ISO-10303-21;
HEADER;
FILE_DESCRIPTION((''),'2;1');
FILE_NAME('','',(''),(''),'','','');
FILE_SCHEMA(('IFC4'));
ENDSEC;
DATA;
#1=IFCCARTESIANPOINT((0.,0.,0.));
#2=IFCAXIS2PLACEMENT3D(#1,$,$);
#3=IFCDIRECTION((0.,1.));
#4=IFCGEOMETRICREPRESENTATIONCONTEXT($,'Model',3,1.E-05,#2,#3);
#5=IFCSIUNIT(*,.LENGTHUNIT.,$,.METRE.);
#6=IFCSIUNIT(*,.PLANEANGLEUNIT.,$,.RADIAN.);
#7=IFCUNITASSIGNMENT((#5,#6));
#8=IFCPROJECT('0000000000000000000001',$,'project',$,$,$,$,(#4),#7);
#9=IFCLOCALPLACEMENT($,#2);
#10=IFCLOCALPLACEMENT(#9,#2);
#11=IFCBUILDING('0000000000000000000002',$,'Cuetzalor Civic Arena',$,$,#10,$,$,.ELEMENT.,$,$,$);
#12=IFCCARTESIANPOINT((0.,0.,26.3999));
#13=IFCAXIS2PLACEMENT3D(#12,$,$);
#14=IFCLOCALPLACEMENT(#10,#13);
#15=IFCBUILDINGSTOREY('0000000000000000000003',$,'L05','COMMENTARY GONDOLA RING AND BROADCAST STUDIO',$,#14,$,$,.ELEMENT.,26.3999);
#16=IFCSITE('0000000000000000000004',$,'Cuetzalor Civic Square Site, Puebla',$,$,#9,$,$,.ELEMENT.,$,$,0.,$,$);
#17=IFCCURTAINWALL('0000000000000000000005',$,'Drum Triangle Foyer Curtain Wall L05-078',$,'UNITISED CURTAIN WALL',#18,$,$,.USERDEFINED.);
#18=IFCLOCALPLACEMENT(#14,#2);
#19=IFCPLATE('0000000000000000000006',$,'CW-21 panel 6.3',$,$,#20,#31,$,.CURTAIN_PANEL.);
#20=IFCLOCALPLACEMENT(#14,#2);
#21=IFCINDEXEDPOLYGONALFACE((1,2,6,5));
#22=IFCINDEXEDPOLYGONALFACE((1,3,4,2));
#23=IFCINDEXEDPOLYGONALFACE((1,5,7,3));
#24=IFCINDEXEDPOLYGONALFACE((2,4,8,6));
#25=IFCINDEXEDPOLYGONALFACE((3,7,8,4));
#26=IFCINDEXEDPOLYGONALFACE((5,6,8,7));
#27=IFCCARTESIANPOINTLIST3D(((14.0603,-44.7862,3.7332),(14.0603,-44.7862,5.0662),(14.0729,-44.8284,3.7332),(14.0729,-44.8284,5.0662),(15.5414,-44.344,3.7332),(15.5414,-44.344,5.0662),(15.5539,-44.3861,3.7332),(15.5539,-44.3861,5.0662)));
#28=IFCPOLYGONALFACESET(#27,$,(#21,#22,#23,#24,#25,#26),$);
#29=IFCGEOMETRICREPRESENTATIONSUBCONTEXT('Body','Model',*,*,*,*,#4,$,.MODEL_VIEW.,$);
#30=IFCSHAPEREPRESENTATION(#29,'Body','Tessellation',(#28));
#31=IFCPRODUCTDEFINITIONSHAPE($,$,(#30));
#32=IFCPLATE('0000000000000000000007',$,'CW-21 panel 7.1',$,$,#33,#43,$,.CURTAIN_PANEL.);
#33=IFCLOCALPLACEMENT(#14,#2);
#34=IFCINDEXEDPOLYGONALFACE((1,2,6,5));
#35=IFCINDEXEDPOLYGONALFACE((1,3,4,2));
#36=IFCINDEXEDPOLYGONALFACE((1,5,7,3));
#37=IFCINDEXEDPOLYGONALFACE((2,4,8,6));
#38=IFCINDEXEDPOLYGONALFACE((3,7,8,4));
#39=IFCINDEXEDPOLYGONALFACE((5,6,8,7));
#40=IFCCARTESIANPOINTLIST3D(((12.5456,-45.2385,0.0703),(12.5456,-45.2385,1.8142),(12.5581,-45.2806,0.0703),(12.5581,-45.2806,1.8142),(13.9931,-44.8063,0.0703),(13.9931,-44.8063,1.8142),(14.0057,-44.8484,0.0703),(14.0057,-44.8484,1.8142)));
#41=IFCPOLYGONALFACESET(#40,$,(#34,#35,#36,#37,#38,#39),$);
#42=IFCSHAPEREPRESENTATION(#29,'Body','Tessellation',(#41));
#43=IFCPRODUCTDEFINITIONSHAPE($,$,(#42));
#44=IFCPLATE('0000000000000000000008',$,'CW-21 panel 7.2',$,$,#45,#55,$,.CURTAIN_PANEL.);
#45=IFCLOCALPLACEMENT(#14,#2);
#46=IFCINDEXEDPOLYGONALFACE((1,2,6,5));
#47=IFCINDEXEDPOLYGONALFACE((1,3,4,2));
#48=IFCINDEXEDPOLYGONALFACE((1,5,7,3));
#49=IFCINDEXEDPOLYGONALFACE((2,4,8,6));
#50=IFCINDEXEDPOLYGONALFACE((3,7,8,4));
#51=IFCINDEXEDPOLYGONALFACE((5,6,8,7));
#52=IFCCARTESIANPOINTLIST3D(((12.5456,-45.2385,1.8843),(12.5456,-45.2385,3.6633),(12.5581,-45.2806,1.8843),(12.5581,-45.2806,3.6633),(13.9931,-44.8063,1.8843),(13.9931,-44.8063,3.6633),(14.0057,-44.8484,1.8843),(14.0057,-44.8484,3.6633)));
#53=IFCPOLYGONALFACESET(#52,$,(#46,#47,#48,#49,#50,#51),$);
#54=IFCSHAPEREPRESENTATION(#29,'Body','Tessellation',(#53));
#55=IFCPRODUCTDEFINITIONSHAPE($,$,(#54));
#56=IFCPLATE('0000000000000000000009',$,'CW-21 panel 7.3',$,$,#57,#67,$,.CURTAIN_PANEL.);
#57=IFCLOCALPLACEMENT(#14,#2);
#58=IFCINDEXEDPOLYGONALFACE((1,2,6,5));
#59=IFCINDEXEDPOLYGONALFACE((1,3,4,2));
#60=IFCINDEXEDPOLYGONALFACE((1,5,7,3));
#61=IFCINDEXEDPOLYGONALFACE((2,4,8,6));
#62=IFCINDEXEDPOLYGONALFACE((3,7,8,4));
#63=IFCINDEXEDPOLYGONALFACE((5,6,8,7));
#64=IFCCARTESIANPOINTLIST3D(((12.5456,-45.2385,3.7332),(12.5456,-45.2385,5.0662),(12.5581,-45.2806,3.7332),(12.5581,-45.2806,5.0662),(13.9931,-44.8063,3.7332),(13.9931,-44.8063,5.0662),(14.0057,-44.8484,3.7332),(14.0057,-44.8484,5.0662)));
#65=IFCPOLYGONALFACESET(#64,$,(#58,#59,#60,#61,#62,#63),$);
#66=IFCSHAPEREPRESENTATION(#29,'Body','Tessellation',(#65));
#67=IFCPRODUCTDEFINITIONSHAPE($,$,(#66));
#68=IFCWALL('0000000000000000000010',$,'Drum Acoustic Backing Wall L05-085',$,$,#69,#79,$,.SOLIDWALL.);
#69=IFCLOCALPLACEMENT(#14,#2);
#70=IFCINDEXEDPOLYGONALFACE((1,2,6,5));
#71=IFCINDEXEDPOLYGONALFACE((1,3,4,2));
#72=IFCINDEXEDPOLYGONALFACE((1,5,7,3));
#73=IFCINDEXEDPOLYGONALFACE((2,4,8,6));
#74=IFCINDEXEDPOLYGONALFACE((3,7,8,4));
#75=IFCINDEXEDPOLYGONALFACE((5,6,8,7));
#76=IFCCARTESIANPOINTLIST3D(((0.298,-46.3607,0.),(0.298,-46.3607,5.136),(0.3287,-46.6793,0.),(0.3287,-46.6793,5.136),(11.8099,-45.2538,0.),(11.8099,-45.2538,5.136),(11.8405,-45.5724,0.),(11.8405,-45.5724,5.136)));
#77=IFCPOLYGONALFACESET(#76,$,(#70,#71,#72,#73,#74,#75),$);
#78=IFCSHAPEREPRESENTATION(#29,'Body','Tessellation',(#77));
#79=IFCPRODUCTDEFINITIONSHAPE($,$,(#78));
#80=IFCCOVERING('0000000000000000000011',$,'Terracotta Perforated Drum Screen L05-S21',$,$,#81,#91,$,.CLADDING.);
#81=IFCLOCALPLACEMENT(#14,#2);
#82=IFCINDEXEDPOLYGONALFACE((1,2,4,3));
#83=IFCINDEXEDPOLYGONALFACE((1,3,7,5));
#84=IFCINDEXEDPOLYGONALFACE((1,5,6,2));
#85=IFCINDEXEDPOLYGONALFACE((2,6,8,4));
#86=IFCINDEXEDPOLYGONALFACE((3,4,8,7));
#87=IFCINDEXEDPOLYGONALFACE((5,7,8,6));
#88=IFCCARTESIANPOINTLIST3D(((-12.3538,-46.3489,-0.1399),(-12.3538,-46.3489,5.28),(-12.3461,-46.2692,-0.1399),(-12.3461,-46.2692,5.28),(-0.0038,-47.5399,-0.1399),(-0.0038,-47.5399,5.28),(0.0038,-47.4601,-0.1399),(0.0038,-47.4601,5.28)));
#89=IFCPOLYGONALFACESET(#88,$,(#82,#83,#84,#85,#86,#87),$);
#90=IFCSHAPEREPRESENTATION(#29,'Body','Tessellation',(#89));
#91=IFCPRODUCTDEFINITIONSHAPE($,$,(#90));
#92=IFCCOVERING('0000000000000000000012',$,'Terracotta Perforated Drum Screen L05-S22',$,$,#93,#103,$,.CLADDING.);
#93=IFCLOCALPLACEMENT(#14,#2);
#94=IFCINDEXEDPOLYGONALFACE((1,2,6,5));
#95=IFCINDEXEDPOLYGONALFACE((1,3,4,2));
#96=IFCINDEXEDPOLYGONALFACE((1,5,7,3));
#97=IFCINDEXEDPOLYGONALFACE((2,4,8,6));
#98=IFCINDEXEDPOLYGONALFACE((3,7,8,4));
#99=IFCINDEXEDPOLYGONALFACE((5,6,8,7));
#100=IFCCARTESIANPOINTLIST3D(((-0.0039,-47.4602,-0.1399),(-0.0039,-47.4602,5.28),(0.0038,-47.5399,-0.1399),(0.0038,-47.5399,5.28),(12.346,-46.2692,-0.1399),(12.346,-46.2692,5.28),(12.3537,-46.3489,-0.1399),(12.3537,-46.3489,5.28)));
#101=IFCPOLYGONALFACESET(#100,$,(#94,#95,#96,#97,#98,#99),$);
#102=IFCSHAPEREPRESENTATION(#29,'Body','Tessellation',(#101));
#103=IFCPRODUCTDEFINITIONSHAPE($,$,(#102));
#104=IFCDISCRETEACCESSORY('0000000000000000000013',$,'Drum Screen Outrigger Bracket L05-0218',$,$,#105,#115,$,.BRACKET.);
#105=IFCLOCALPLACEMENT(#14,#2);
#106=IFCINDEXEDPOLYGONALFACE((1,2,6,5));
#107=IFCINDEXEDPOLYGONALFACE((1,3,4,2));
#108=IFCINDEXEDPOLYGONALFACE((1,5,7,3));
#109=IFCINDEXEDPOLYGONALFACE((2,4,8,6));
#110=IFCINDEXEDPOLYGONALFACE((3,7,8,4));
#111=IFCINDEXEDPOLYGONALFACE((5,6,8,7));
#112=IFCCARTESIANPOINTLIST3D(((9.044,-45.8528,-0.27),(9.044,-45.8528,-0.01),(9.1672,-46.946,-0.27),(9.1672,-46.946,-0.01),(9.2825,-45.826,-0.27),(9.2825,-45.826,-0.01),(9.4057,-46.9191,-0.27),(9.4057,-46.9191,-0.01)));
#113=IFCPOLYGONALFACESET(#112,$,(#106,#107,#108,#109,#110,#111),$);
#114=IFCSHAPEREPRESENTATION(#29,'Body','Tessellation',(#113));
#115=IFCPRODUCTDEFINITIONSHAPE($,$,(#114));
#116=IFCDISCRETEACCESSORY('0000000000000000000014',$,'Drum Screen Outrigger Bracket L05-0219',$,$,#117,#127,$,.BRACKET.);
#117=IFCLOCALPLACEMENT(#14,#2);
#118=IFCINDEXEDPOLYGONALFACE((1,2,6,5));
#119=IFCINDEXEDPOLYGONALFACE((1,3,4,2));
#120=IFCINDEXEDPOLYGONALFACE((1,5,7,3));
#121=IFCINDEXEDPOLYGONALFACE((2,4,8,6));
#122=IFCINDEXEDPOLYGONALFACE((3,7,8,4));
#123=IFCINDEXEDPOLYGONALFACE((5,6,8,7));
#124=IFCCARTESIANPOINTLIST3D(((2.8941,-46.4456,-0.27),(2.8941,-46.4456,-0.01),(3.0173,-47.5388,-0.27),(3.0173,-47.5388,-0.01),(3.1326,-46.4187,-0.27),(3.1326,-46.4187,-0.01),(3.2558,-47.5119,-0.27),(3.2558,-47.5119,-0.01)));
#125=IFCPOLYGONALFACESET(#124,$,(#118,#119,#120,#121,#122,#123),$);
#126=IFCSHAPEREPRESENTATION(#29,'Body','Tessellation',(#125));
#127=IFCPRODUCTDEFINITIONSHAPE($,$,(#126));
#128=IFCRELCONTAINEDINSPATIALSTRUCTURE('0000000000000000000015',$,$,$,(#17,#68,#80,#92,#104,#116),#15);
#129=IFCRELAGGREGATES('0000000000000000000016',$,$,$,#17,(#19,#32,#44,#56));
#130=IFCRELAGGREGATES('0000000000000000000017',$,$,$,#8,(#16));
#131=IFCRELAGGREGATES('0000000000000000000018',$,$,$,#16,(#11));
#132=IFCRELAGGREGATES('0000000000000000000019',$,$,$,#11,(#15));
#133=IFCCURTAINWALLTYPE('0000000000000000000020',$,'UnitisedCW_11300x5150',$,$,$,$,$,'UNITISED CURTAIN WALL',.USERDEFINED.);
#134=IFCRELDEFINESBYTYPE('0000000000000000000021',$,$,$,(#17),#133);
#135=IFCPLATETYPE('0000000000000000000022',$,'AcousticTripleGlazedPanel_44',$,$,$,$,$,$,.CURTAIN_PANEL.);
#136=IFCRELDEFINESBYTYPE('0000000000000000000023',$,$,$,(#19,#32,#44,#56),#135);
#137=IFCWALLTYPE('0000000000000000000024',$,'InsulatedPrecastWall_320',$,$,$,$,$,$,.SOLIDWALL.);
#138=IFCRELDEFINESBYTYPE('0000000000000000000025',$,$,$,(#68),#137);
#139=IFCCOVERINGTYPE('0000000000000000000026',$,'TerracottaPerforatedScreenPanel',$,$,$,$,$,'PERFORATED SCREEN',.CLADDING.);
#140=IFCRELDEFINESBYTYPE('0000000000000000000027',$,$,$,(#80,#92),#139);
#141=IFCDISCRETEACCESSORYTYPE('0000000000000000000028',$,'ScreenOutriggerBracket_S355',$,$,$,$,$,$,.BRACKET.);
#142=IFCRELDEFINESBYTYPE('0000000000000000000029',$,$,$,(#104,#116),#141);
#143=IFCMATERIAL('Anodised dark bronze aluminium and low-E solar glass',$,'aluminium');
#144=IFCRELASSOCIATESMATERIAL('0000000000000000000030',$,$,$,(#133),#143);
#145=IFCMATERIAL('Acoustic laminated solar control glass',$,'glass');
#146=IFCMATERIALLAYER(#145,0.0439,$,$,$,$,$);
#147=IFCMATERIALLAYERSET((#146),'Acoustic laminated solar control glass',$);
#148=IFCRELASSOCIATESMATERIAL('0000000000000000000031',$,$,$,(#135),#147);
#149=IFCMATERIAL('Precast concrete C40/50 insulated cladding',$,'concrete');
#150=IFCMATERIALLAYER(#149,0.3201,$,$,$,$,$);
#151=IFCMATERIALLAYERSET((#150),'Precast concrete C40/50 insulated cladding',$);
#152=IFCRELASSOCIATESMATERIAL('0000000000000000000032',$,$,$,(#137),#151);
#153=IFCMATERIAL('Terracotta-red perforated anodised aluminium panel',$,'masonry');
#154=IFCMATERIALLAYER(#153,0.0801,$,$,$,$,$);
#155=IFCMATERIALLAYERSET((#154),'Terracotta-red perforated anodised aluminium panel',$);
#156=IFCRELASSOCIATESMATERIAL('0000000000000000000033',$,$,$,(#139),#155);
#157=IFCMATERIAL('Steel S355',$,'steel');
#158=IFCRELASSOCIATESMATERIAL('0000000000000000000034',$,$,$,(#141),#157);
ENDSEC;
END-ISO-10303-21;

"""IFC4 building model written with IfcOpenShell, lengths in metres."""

from ifc_helpers import new_model, si_unit, direction, frame, frame_2d, origin, origin_2d, place, context, subcontext, project, spatial, rectangle, extrude, material, layer, layer_set, type_object, element, aggregate, save


model = new_model("IFC4")

# Units and contexts
model_context = context("Model", 3, precision=1e-05, world=origin(), true_north=direction((0.0, 1.0)))
body_context = subcontext(model_context, "Body", "Model", "MODEL_VIEW")
ifc_project = project(units=[si_unit("LENGTHUNIT", "METRE"), si_unit("PLANEANGLEUNIT", "RADIAN")], contexts=[model_context])

# Site, building, storey
site_placement = place(None, origin())
site = spatial("IfcSite", under=ifc_project, at=site_placement, Name="Cuetzalor Civic Square Site, Puebla", CompositionType="ELEMENT", RefElevation=0.0)
building_placement = place(site_placement, origin())
building = spatial("IfcBuilding", under=site, at=building_placement, Name="Cuetzalor Civic Arena", CompositionType="ELEMENT")
storey_placement = place(building_placement, frame((0.0, 0.0, 26.3999)))
storey = spatial("IfcBuildingStorey", under=building, at=storey_placement, Name="L05", Description="COMMENTARY GONDOLA RING AND BROADCAST STUDIO", CompositionType="ELEMENT", Elevation=26.3999)

# Curtain wall, plates
ifc_material_1 = material(Name="Anodised dark bronze aluminium and low-E solar glass", Category="aluminium")
curtain_wall_type = type_object("IfcCurtainWallType", Name="UnitisedCW_11300x5150", ElementType="UNITISED CURTAIN WALL", PredefinedType="USERDEFINED", material=ifc_material_1)
curtain_wall_placement = place(storey_placement, origin())
curtain_wall = element("IfcCurtainWall", 1, at=curtain_wall_placement, inside=storey, type_object=curtain_wall_type, Name="Drum Triangle Foyer Curtain Wall L05-078", ObjectType="UNITISED CURTAIN WALL", PredefinedType="USERDEFINED")
ifc_material_2 = material(Name="Acoustic laminated solar control glass", Category="glass")
ifc_layer_1 = layer(ifc_material_2, 0.0439)
ifc_layer_set_1 = layer_set([ifc_layer_1], Name="Acoustic laminated solar control glass")
plate_type = type_object("IfcPlateType", Name="AcousticTripleGlazedPanel_44", PredefinedType="CURTAIN_PANEL", material=ifc_layer_set_1)
plate_1_placement = place(storey_placement, frame((14.8071, -44.5862, 3.7332), z_axis=(0.0, 0.0, 1.0), x_axis=(-0.958194, -0.28612, 0.0)))
plate_1 = element("IfcPlate", 2, at=plate_1_placement, type_object=plate_type, Name="CW-21 panel 6.3", PredefinedType="CURTAIN_PANEL", context=body_context, shape_type="SweptSolid", body=[
    extrude(rectangle(XDim=1.5457, YDim=0.0439, at=origin_2d()), origin(), (0.0, 0.0, 1.0), 1.333),
])
plate_2_placement = place(storey_placement, frame((13.2756, -45.0435, 0.0703), z_axis=(0.0, 0.0, 1.0), x_axis=(-0.958194, -0.28612, 0.0)))
plate_2 = element("IfcPlate", 3, at=plate_2_placement, type_object=plate_type, Name="CW-21 panel 7.1", PredefinedType="CURTAIN_PANEL", context=body_context, shape_type="SweptSolid", body=[
    extrude(rectangle(XDim=1.5107, YDim=0.0439, at=origin_2d()), origin(), (0.0, 0.0, 1.0), 1.7439),
])
plate_3_placement = place(storey_placement, frame((13.2756, -45.0435, 1.8843), z_axis=(0.0, 0.0, 1.0), x_axis=(-0.958194, -0.28612, 0.0)))
plate_3 = element("IfcPlate", 4, at=plate_3_placement, type_object=plate_type, Name="CW-21 panel 7.2", PredefinedType="CURTAIN_PANEL", context=body_context, shape_type="SweptSolid", body=[
    extrude(rectangle(XDim=1.5107, YDim=0.0439, at=origin_2d()), origin(), (0.0, 0.0, 1.0), 1.7791),
])
plate_4_placement = place(storey_placement, frame((13.2756, -45.0435, 3.7332), z_axis=(0.0, 0.0, 1.0), x_axis=(-0.958194, -0.28612, 0.0)))
plate_4 = element("IfcPlate", 5, at=plate_4_placement, type_object=plate_type, Name="CW-21 panel 7.3", PredefinedType="CURTAIN_PANEL", context=body_context, shape_type="SweptSolid", body=[
    extrude(rectangle(XDim=1.5107, YDim=0.0439, at=origin_2d()), origin(), (0.0, 0.0, 1.0), 1.333),
])
aggregate(curtain_wall, [plate_1, plate_2, plate_3, plate_4])

# Wall
ifc_material_3 = material(Name="Precast concrete C40/50 insulated cladding", Category="concrete")
ifc_layer_2 = layer(ifc_material_3, 0.3201)
ifc_layer_set_2 = layer_set([ifc_layer_2], Name="Precast concrete C40/50 insulated cladding")
wall_type = type_object("IfcWallType", Name="InsulatedPrecastWall_320", PredefinedType="SOLIDWALL", material=ifc_layer_set_2)
wall_placement = place(storey_placement, frame((11.8252, -45.4131, 0.0), z_axis=(0.0, 0.0, 1.0), x_axis=(-0.995409, -0.095714, 0.0)))
element("IfcWall", 6, at=wall_placement, inside=storey, type_object=wall_type, Name="Drum Acoustic Backing Wall L05-085", PredefinedType="SOLIDWALL", context=body_context, shape_type="SweptSolid", body=[
    extrude(rectangle(XDim=11.5649, YDim=0.3201, at=frame_2d((5.7825, 0.0))), origin(), (0.0, 0.0, 1.0), 5.136),
])

# Coverings
ifc_material_4 = material(Name="Terracotta-red perforated anodised aluminium panel", Category="masonry")
ifc_layer_3 = layer(ifc_material_4, 0.0801)
ifc_layer_set_3 = layer_set([ifc_layer_3], Name="Terracotta-red perforated anodised aluminium panel")
covering_type = type_object("IfcCoveringType", Name="TerracottaPerforatedScreenPanel", ElementType="PERFORATED SCREEN", PredefinedType="CLADDING", material=ifc_layer_set_3)
for number, where, z_axis, x_axis, name in (
    (7, (0.0, -47.5, -0.1399), (0.0, 0.0, 1.0), (-0.995383, 0.095986, 0.0), "Terracotta Perforated Drum Screen L05-S21"),
    (8, (12.3499, -46.3091, -0.1399), (0.0, 0.0, 1.0), (-0.995383, -0.095986, 0.0), "Terracotta Perforated Drum Screen L05-S22"),
):
    element("IfcCovering", number, at=place(storey_placement, frame(where, z_axis=z_axis, x_axis=x_axis)), inside=storey, type_object=covering_type, Name=name, PredefinedType="CLADDING", context=body_context, shape_type="SweptSolid", body=[
        extrude(rectangle(XDim=12.4072, YDim=0.0801, at=frame_2d((6.2036, 0.0))), origin(), (0.0, 0.0, 1.0), 5.4199),
    ])

# Discrete accessories
ifc_material_5 = material(Name="Steel S355", Category="steel")
discrete_accessory_type = type_object("IfcDiscreteAccessoryType", Name="ScreenOutriggerBracket_S355", PredefinedType="BRACKET", material=ifc_material_5)
for number, where, z_axis, x_axis, name in (
    (9, (9.2249, -46.386, -0.27), (0.0, 0.0, 1.0), (0.111989, -0.993709, 0.0), "Drum Screen Outrigger Bracket L05-0218"),
    (10, (3.075, -46.9788, -0.27), (0.0, 0.0, 1.0), (0.111989, -0.993709, 0.0), "Drum Screen Outrigger Bracket L05-0219"),
):
    element("IfcDiscreteAccessory", number, at=place(storey_placement, frame(where, z_axis=z_axis, x_axis=x_axis)), inside=storey, type_object=discrete_accessory_type, Name=name, PredefinedType="BRACKET", context=body_context, shape_type="SweptSolid", body=[
        extrude(rectangle(XDim=1.1001, YDim=0.24, at=origin_2d()), origin(), (0.0, 0.0, 1.0), 0.26),
    ])

save(model, "model.ifc")
